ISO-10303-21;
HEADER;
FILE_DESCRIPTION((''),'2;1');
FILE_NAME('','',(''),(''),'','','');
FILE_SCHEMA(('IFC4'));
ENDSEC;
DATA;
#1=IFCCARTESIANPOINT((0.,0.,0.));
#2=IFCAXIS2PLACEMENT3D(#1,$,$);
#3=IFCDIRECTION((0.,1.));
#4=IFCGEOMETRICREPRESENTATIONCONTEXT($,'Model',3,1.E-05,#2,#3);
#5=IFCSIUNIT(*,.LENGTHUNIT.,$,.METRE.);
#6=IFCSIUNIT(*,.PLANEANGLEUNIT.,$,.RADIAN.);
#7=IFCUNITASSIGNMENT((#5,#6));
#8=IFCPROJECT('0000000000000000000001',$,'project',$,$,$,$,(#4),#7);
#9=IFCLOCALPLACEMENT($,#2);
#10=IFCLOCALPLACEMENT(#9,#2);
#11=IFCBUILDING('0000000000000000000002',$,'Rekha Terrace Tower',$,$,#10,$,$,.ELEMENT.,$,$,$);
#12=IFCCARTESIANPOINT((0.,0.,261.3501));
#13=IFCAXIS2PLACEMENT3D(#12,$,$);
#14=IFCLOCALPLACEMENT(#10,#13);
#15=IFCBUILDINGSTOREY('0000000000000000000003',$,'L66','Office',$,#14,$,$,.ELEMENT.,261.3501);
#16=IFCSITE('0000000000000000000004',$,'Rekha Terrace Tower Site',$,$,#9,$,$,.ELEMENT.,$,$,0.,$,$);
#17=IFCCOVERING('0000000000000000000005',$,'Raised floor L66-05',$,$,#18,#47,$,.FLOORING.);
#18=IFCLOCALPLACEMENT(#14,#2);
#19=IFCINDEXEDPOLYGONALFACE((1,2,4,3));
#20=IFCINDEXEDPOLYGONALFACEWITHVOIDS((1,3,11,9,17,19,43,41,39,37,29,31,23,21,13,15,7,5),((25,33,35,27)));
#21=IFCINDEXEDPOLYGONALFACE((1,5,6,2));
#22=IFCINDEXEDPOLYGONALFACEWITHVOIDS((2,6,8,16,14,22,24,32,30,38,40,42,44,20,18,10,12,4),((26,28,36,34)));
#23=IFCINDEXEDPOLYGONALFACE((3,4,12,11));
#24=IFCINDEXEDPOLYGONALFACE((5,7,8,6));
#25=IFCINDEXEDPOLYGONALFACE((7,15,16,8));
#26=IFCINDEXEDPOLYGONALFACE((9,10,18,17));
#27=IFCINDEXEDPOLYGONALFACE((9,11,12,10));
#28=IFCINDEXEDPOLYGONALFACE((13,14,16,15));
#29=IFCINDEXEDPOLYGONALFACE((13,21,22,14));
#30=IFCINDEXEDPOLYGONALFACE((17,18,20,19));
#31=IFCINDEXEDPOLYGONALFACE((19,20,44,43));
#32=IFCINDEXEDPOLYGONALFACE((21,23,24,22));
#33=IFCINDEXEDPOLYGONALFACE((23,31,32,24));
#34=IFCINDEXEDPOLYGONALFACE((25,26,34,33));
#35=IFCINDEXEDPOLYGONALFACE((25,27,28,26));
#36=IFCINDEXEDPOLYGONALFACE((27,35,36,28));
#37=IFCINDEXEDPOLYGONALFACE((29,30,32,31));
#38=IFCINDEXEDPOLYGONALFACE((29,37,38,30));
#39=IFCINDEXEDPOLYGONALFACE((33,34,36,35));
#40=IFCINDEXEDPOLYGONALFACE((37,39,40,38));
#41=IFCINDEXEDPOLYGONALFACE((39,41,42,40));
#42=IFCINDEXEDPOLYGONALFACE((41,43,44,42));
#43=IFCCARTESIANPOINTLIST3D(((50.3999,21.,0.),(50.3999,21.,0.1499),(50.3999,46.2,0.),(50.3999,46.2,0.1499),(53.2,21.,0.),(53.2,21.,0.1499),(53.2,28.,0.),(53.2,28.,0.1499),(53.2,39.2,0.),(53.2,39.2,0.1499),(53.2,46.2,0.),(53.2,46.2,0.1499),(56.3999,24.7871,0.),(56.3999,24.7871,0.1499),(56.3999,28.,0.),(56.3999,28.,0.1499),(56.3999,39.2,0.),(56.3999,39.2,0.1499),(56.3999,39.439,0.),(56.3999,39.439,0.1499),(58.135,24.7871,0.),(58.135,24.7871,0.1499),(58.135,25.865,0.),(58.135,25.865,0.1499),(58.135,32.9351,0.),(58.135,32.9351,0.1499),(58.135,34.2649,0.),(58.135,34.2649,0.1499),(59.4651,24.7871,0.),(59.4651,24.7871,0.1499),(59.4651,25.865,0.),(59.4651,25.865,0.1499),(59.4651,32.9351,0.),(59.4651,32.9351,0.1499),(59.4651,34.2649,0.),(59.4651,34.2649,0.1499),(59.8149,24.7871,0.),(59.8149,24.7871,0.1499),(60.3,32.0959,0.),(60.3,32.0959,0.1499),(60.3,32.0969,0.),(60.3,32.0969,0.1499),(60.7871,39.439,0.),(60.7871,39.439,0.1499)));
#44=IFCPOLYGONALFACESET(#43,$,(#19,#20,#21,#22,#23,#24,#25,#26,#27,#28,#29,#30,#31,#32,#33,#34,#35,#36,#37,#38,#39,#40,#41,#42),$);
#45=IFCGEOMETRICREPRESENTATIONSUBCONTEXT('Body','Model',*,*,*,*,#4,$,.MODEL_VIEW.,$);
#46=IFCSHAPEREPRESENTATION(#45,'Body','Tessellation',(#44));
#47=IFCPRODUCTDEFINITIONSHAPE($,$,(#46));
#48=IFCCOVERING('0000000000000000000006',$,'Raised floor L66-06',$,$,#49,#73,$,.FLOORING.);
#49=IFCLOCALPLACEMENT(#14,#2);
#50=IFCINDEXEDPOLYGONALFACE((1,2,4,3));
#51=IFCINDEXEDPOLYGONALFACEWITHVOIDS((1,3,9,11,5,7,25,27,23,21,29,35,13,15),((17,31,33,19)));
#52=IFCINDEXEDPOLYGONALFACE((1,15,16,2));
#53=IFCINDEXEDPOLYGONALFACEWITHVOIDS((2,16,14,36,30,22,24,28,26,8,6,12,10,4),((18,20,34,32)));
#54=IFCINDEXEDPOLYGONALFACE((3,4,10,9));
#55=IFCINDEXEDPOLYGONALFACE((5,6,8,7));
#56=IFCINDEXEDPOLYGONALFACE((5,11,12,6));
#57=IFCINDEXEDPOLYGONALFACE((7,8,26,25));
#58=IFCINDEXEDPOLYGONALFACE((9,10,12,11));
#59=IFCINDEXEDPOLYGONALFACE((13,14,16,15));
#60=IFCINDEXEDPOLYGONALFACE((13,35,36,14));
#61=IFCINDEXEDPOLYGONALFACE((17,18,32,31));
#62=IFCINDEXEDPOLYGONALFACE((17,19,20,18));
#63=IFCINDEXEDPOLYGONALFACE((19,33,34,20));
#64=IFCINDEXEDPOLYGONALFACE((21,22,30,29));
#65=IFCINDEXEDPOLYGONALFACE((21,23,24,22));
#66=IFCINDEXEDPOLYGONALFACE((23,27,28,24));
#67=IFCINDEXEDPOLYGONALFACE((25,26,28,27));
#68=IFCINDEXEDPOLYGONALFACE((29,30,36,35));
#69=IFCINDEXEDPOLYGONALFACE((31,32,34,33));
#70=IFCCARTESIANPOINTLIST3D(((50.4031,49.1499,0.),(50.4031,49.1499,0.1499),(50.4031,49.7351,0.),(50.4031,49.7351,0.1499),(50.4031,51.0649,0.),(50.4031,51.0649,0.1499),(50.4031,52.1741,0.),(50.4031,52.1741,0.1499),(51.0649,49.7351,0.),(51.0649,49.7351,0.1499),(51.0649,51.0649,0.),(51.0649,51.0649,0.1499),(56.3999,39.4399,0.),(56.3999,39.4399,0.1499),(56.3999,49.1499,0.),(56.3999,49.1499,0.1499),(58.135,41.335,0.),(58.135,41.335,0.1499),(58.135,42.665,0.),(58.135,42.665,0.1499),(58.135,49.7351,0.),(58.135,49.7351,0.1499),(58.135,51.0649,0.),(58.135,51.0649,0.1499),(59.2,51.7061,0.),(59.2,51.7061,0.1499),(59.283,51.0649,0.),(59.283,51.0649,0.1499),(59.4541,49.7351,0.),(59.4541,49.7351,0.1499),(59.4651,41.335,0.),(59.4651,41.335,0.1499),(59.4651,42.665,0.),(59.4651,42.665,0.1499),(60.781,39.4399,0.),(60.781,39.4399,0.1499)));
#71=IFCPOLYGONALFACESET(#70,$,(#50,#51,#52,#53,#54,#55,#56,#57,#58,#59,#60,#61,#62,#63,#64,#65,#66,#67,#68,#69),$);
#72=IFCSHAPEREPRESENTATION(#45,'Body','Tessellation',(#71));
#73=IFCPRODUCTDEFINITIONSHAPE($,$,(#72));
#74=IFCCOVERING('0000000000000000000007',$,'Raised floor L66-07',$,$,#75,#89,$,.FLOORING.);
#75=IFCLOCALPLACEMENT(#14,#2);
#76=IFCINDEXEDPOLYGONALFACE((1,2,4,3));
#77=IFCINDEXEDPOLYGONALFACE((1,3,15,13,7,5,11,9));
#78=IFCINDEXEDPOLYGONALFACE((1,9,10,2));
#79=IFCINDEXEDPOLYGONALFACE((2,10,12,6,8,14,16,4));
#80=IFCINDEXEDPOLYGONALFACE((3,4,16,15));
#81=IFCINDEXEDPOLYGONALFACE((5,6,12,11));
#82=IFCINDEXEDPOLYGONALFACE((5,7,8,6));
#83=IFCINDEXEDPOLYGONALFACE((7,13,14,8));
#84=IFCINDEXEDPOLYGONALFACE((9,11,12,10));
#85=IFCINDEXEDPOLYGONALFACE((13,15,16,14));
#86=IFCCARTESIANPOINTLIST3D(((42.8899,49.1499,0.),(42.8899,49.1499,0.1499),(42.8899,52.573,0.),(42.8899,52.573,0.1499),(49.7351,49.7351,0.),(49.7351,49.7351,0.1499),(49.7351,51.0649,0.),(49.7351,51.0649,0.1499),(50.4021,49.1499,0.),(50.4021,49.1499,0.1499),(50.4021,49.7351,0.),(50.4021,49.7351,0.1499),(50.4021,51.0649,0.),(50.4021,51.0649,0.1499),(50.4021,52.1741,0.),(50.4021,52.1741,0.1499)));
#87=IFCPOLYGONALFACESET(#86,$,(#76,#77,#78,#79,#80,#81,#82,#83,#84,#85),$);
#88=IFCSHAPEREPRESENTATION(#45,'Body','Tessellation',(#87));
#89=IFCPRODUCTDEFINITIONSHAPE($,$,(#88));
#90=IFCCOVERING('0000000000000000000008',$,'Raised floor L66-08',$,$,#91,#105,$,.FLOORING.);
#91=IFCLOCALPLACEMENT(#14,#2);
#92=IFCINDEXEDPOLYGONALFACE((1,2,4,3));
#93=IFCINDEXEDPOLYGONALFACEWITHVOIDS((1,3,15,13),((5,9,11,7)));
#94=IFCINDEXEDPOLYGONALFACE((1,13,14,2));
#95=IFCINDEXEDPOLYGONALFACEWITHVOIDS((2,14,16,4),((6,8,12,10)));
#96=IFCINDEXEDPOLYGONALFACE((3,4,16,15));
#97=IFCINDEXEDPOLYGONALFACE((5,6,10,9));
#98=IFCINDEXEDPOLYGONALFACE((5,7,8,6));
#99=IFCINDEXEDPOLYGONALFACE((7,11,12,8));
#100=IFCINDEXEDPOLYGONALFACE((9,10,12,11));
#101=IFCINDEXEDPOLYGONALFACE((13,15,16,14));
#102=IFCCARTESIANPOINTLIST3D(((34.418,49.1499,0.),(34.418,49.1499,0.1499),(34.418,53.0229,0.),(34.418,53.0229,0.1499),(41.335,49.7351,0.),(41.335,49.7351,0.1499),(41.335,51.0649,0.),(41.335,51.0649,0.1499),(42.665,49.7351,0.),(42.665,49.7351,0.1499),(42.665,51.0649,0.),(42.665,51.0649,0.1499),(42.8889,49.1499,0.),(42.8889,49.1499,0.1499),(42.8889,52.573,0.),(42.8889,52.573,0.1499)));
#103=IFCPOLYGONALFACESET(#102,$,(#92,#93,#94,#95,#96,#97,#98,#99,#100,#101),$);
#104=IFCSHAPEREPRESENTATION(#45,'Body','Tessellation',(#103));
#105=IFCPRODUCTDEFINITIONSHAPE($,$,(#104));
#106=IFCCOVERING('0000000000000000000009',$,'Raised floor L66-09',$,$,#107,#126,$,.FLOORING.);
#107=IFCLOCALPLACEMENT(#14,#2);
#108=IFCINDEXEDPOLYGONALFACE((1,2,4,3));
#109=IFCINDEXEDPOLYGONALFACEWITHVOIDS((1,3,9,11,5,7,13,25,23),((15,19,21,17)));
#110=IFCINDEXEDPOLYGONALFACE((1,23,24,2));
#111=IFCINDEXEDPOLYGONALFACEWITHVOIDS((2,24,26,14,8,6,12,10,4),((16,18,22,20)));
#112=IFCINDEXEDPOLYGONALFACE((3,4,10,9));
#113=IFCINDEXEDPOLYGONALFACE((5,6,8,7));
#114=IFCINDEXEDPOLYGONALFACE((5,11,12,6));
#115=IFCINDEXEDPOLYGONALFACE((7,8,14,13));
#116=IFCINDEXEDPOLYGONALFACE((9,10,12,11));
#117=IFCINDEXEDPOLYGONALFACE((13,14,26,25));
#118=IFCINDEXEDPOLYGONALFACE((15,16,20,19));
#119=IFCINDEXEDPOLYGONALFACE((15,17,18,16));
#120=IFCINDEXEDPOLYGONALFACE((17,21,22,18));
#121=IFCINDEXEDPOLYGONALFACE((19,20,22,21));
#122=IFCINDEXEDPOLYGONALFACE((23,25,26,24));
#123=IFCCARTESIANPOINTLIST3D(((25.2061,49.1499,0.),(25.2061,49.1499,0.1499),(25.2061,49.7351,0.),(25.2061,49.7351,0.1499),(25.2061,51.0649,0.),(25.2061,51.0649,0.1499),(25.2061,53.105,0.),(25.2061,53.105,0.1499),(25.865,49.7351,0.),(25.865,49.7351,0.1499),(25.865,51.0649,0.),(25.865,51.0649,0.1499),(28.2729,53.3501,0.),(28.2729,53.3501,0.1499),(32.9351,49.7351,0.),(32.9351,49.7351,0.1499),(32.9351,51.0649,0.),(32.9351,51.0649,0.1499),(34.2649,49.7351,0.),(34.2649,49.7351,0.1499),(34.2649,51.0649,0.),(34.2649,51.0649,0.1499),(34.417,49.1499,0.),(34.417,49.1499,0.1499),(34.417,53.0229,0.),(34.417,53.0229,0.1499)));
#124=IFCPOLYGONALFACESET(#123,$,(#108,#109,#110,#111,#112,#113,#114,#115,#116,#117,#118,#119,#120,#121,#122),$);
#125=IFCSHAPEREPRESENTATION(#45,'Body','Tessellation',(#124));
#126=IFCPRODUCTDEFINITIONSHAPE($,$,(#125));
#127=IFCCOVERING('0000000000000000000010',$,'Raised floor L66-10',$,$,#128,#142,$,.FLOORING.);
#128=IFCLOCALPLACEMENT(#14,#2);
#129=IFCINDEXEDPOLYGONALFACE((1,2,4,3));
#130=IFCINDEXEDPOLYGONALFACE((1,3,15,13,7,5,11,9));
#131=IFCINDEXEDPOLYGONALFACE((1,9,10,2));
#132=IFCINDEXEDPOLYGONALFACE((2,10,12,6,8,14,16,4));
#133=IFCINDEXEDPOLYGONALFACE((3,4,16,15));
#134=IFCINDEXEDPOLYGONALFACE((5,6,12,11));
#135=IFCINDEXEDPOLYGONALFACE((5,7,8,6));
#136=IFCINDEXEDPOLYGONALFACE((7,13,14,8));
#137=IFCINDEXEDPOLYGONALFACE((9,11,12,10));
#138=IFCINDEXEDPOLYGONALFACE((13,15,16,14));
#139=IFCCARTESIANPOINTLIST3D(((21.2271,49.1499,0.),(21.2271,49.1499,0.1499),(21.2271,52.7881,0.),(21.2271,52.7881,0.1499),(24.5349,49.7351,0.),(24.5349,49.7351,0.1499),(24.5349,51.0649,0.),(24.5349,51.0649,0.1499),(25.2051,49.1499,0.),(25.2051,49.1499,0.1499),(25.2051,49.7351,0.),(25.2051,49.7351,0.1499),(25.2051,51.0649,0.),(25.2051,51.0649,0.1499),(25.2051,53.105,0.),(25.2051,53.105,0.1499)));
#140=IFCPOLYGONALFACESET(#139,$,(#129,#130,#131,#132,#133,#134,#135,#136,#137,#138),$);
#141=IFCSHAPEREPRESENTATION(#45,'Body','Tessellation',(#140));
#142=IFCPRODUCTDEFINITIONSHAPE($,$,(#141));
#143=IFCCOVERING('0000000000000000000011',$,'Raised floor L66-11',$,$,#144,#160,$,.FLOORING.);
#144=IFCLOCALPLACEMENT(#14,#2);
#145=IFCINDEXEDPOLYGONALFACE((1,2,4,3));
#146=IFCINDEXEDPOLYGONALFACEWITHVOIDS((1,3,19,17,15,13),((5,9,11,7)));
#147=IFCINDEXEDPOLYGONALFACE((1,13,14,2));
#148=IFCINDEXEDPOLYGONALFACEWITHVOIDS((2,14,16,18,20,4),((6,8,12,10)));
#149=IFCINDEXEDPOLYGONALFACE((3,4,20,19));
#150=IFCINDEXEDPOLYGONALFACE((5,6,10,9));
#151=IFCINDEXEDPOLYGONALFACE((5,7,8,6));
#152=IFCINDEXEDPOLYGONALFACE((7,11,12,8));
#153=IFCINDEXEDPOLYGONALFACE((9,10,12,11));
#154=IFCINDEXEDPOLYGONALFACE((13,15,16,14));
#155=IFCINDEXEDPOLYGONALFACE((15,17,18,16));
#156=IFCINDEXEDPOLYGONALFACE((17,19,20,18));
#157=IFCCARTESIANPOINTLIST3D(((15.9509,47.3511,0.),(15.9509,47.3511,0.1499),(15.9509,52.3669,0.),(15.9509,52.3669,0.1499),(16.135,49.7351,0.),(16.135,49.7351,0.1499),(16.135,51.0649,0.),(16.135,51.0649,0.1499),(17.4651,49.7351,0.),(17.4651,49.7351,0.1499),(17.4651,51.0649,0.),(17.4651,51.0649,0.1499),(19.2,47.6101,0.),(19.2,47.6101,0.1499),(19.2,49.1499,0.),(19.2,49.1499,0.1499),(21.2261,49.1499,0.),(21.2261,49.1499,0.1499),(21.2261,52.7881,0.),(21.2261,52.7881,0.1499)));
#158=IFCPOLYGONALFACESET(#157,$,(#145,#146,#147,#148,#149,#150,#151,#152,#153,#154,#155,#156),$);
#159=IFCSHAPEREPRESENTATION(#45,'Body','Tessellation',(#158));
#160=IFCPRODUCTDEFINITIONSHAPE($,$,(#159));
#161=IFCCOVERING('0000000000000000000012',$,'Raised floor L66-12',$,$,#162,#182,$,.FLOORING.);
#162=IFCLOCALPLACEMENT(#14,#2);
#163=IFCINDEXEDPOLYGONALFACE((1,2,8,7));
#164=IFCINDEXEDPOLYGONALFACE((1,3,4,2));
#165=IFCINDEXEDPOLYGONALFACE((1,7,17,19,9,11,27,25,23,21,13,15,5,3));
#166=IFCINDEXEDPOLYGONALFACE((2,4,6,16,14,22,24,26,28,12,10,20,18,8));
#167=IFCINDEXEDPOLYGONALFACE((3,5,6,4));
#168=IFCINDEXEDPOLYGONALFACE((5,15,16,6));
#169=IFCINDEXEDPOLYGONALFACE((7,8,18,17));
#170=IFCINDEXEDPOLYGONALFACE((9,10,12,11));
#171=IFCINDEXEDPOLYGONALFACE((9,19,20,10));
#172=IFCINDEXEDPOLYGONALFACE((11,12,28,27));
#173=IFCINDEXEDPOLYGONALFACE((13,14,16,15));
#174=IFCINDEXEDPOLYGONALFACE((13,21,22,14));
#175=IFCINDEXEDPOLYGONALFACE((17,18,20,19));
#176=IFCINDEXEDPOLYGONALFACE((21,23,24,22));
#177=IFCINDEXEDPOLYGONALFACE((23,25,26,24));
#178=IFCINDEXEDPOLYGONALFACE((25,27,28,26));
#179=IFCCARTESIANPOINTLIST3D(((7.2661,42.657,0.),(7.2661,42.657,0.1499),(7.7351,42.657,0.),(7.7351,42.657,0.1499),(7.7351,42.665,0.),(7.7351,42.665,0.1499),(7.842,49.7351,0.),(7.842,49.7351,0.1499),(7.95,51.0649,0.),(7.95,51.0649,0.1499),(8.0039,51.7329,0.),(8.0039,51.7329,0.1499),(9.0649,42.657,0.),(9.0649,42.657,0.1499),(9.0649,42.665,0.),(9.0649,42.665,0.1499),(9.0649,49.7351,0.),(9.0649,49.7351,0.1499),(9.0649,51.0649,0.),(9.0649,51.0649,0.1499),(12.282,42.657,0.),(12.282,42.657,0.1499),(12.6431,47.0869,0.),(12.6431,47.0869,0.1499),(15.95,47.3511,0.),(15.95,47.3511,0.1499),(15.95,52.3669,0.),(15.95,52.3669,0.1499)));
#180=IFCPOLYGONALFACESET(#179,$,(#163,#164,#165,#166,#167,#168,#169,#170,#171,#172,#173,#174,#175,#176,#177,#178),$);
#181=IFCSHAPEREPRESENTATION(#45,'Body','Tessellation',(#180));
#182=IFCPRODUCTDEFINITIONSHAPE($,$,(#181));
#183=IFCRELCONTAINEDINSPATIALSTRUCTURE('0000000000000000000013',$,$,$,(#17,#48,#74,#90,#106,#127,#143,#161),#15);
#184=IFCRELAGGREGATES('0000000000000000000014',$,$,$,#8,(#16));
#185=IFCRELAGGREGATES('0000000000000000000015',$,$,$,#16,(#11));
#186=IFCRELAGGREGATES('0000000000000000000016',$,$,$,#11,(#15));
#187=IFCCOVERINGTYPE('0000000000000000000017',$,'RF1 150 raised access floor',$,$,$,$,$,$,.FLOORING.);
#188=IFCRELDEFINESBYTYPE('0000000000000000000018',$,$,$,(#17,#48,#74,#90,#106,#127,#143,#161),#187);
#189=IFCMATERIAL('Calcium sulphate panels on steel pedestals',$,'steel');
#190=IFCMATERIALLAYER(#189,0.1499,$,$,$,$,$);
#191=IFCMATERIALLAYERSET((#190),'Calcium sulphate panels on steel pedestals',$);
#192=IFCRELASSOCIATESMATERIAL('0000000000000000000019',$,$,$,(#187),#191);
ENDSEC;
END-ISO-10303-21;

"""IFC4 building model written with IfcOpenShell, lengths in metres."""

from ifc_helpers import new_model, si_unit, direction, frame, origin, place, context, subcontext, project, spatial, polyline, outline, extrude, material, layer, layer_set, type_object, element, save


model = new_model("IFC4")

# Units and contexts
model_context = context("Model", 3, precision=1e-05, world=origin(), true_north=direction((0.0, 1.0)))
body_context = subcontext(model_context, "Body", "Model", "MODEL_VIEW")
ifc_project = project(units=[si_unit("LENGTHUNIT", "METRE"), si_unit("PLANEANGLEUNIT", "RADIAN")], contexts=[model_context])

# Site, building, storey
site_placement = place(None, origin())
site = spatial("IfcSite", under=ifc_project, at=site_placement, Name="Rekha Terrace Tower Site", CompositionType="ELEMENT", RefElevation=0.0)
building_placement = place(site_placement, origin())
building = spatial("IfcBuilding", under=site, at=building_placement, Name="Rekha Terrace Tower", CompositionType="ELEMENT")
storey_placement = place(building_placement, frame((0.0, 0.0, 261.3501)))
storey = spatial("IfcBuildingStorey", under=building, at=storey_placement, Name="L66", Description="Office", CompositionType="ELEMENT", Elevation=261.3501)

# Coverings
ifc_material_1 = material(Name="Calcium sulphate panels on steel pedestals", Category="steel")
ifc_layer_1 = layer(ifc_material_1, 0.1499)
ifc_layer_set_1 = layer_set([ifc_layer_1], Name="Calcium sulphate panels on steel pedestals")
covering_type_1 = type_object("IfcCoveringType", Name="RF1 150 raised access floor", PredefinedType="FLOORING", material=ifc_layer_set_1)
covering_1_placement = place(storey_placement, origin())
element("IfcCovering", 1, at=covering_1_placement, inside=storey, type_object=covering_type_1, Name="Raised floor L66-05", PredefinedType="FLOORING", context=body_context, shape_type="SweptSolid", body=[
    extrude(outline(polyline([(59.4651, 25.865), (59.4651, 24.7871), (59.8149, 24.7871), (60.3, 32.0959), (60.3, 32.0969), (60.7871, 39.439), (56.3999, 39.439), (56.3999, 39.2), (53.2, 39.2), (53.2, 46.2), (50.3999, 46.2), (50.3999, 21.0), (53.2, 21.0), (53.2, 28.0), (56.3999, 28.0), (56.3999, 24.7871), (58.135, 24.7871), (58.135, 25.865), (59.4651, 25.865)]), holes=[polyline([(59.4651, 34.2649), (59.4651, 32.9351), (58.135, 32.9351), (58.135, 34.2649), (59.4651, 34.2649)])]), origin(), (0.0, 0.0, 1.0), 0.1499),
])
covering_2_placement = place(storey_placement, origin())
element("IfcCovering", 2, at=covering_2_placement, inside=storey, type_object=covering_type_1, Name="Raised floor L66-06", PredefinedType="FLOORING", context=body_context, shape_type="SweptSolid", body=[
    extrude(outline(polyline([(51.0649, 49.7351), (50.4031, 49.7351), (50.4031, 49.1499), (56.3999, 49.1499), (56.3999, 39.4399), (60.781, 39.4399), (59.4541, 49.7351), (58.135, 49.7351), (58.135, 51.0649), (59.283, 51.0649), (59.2, 51.7061), (50.4031, 52.1741), (50.4031, 51.0649), (51.0649, 51.0649), (51.0649, 49.7351)]), holes=[polyline([(59.4651, 41.335), (58.135, 41.335), (58.135, 42.665), (59.4651, 42.665), (59.4651, 41.335)])]), origin(), (0.0, 0.0, 1.0), 0.1499),
])
covering_3_placement = place(storey_placement, origin())
element("IfcCovering", 3, at=covering_3_placement, inside=storey, type_object=covering_type_1, Name="Raised floor L66-07", PredefinedType="FLOORING", context=body_context, shape_type="SweptSolid", body=[
    extrude(outline(polyline([(50.4021, 51.0649), (50.4021, 52.1741), (42.8899, 52.573), (42.8899, 49.1499), (50.4021, 49.1499), (50.4021, 49.7351), (49.7351, 49.7351), (49.7351, 51.0649), (50.4021, 51.0649)])), origin(), (0.0, 0.0, 1.0), 0.1499),
])
covering_4_placement = place(storey_placement, origin())
element("IfcCovering", 4, at=covering_4_placement, inside=storey, type_object=covering_type_1, Name="Raised floor L66-08", PredefinedType="FLOORING", context=body_context, shape_type="SweptSolid", body=[
    extrude(outline(polyline([(42.8889, 49.1499), (42.8889, 52.573), (34.418, 53.0229), (34.418, 49.1499), (42.8889, 49.1499)]), holes=[polyline([(42.665, 49.7351), (41.335, 49.7351), (41.335, 51.0649), (42.665, 51.0649), (42.665, 49.7351)])]), origin(), (0.0, 0.0, 1.0), 0.1499),
])
covering_5_placement = place(storey_placement, origin())
element("IfcCovering", 5, at=covering_5_placement, inside=storey, type_object=covering_type_1, Name="Raised floor L66-09", PredefinedType="FLOORING", context=body_context, shape_type="SweptSolid", body=[
    extrude(outline(polyline([(34.417, 53.0229), (28.2729, 53.3501), (25.2061, 53.105), (25.2061, 51.0649), (25.865, 51.0649), (25.865, 49.7351), (25.2061, 49.7351), (25.2061, 49.1499), (34.417, 49.1499), (34.417, 53.0229)]), holes=[polyline([(34.2649, 49.7351), (32.9351, 49.7351), (32.9351, 51.0649), (34.2649, 51.0649), (34.2649, 49.7351)])]), origin(), (0.0, 0.0, 1.0), 0.1499),
])
covering_6_placement = place(storey_placement, origin())
element("IfcCovering", 6, at=covering_6_placement, inside=storey, type_object=covering_type_1, Name="Raised floor L66-10", PredefinedType="FLOORING", context=body_context, shape_type="SweptSolid", body=[
    extrude(outline(polyline([(25.2051, 51.0649), (25.2051, 53.105), (21.2271, 52.7881), (21.2271, 49.1499), (25.2051, 49.1499), (25.2051, 49.7351), (24.5349, 49.7351), (24.5349, 51.0649), (25.2051, 51.0649)])), origin(), (0.0, 0.0, 1.0), 0.1499),
])
covering_7_placement = place(storey_placement, origin())
element("IfcCovering", 7, at=covering_7_placement, inside=storey, type_object=covering_type_1, Name="Raised floor L66-11", PredefinedType="FLOORING", context=body_context, shape_type="SweptSolid", body=[
    extrude(outline(polyline([(15.9509, 52.3669), (15.9509, 47.3511), (19.2, 47.6101), (19.2, 49.1499), (21.2261, 49.1499), (21.2261, 52.7881), (15.9509, 52.3669)]), holes=[polyline([(17.4651, 49.7351), (16.135, 49.7351), (16.135, 51.0649), (17.4651, 51.0649), (17.4651, 49.7351)])]), origin(), (0.0, 0.0, 1.0), 0.1499),
])
covering_8_placement = place(storey_placement, origin())
element("IfcCovering", 8, at=covering_8_placement, inside=storey, type_object=covering_type_1, Name="Raised floor L66-12", PredefinedType="FLOORING", context=body_context, shape_type="SweptSolid", body=[
    extrude(outline(polyline([(7.2661, 42.657), (7.7351, 42.657), (7.7351, 42.665), (9.0649, 42.665), (9.0649, 42.657), (12.282, 42.657), (12.6431, 47.0869), (15.95, 47.3511), (15.95, 52.3669), (8.0039, 51.7329), (7.95, 51.0649), (9.0649, 51.0649), (9.0649, 49.7351), (7.842, 49.7351), (7.2661, 42.657)])), origin(), (0.0, 0.0, 1.0), 0.1499),
])

save(model, "model.ifc")
